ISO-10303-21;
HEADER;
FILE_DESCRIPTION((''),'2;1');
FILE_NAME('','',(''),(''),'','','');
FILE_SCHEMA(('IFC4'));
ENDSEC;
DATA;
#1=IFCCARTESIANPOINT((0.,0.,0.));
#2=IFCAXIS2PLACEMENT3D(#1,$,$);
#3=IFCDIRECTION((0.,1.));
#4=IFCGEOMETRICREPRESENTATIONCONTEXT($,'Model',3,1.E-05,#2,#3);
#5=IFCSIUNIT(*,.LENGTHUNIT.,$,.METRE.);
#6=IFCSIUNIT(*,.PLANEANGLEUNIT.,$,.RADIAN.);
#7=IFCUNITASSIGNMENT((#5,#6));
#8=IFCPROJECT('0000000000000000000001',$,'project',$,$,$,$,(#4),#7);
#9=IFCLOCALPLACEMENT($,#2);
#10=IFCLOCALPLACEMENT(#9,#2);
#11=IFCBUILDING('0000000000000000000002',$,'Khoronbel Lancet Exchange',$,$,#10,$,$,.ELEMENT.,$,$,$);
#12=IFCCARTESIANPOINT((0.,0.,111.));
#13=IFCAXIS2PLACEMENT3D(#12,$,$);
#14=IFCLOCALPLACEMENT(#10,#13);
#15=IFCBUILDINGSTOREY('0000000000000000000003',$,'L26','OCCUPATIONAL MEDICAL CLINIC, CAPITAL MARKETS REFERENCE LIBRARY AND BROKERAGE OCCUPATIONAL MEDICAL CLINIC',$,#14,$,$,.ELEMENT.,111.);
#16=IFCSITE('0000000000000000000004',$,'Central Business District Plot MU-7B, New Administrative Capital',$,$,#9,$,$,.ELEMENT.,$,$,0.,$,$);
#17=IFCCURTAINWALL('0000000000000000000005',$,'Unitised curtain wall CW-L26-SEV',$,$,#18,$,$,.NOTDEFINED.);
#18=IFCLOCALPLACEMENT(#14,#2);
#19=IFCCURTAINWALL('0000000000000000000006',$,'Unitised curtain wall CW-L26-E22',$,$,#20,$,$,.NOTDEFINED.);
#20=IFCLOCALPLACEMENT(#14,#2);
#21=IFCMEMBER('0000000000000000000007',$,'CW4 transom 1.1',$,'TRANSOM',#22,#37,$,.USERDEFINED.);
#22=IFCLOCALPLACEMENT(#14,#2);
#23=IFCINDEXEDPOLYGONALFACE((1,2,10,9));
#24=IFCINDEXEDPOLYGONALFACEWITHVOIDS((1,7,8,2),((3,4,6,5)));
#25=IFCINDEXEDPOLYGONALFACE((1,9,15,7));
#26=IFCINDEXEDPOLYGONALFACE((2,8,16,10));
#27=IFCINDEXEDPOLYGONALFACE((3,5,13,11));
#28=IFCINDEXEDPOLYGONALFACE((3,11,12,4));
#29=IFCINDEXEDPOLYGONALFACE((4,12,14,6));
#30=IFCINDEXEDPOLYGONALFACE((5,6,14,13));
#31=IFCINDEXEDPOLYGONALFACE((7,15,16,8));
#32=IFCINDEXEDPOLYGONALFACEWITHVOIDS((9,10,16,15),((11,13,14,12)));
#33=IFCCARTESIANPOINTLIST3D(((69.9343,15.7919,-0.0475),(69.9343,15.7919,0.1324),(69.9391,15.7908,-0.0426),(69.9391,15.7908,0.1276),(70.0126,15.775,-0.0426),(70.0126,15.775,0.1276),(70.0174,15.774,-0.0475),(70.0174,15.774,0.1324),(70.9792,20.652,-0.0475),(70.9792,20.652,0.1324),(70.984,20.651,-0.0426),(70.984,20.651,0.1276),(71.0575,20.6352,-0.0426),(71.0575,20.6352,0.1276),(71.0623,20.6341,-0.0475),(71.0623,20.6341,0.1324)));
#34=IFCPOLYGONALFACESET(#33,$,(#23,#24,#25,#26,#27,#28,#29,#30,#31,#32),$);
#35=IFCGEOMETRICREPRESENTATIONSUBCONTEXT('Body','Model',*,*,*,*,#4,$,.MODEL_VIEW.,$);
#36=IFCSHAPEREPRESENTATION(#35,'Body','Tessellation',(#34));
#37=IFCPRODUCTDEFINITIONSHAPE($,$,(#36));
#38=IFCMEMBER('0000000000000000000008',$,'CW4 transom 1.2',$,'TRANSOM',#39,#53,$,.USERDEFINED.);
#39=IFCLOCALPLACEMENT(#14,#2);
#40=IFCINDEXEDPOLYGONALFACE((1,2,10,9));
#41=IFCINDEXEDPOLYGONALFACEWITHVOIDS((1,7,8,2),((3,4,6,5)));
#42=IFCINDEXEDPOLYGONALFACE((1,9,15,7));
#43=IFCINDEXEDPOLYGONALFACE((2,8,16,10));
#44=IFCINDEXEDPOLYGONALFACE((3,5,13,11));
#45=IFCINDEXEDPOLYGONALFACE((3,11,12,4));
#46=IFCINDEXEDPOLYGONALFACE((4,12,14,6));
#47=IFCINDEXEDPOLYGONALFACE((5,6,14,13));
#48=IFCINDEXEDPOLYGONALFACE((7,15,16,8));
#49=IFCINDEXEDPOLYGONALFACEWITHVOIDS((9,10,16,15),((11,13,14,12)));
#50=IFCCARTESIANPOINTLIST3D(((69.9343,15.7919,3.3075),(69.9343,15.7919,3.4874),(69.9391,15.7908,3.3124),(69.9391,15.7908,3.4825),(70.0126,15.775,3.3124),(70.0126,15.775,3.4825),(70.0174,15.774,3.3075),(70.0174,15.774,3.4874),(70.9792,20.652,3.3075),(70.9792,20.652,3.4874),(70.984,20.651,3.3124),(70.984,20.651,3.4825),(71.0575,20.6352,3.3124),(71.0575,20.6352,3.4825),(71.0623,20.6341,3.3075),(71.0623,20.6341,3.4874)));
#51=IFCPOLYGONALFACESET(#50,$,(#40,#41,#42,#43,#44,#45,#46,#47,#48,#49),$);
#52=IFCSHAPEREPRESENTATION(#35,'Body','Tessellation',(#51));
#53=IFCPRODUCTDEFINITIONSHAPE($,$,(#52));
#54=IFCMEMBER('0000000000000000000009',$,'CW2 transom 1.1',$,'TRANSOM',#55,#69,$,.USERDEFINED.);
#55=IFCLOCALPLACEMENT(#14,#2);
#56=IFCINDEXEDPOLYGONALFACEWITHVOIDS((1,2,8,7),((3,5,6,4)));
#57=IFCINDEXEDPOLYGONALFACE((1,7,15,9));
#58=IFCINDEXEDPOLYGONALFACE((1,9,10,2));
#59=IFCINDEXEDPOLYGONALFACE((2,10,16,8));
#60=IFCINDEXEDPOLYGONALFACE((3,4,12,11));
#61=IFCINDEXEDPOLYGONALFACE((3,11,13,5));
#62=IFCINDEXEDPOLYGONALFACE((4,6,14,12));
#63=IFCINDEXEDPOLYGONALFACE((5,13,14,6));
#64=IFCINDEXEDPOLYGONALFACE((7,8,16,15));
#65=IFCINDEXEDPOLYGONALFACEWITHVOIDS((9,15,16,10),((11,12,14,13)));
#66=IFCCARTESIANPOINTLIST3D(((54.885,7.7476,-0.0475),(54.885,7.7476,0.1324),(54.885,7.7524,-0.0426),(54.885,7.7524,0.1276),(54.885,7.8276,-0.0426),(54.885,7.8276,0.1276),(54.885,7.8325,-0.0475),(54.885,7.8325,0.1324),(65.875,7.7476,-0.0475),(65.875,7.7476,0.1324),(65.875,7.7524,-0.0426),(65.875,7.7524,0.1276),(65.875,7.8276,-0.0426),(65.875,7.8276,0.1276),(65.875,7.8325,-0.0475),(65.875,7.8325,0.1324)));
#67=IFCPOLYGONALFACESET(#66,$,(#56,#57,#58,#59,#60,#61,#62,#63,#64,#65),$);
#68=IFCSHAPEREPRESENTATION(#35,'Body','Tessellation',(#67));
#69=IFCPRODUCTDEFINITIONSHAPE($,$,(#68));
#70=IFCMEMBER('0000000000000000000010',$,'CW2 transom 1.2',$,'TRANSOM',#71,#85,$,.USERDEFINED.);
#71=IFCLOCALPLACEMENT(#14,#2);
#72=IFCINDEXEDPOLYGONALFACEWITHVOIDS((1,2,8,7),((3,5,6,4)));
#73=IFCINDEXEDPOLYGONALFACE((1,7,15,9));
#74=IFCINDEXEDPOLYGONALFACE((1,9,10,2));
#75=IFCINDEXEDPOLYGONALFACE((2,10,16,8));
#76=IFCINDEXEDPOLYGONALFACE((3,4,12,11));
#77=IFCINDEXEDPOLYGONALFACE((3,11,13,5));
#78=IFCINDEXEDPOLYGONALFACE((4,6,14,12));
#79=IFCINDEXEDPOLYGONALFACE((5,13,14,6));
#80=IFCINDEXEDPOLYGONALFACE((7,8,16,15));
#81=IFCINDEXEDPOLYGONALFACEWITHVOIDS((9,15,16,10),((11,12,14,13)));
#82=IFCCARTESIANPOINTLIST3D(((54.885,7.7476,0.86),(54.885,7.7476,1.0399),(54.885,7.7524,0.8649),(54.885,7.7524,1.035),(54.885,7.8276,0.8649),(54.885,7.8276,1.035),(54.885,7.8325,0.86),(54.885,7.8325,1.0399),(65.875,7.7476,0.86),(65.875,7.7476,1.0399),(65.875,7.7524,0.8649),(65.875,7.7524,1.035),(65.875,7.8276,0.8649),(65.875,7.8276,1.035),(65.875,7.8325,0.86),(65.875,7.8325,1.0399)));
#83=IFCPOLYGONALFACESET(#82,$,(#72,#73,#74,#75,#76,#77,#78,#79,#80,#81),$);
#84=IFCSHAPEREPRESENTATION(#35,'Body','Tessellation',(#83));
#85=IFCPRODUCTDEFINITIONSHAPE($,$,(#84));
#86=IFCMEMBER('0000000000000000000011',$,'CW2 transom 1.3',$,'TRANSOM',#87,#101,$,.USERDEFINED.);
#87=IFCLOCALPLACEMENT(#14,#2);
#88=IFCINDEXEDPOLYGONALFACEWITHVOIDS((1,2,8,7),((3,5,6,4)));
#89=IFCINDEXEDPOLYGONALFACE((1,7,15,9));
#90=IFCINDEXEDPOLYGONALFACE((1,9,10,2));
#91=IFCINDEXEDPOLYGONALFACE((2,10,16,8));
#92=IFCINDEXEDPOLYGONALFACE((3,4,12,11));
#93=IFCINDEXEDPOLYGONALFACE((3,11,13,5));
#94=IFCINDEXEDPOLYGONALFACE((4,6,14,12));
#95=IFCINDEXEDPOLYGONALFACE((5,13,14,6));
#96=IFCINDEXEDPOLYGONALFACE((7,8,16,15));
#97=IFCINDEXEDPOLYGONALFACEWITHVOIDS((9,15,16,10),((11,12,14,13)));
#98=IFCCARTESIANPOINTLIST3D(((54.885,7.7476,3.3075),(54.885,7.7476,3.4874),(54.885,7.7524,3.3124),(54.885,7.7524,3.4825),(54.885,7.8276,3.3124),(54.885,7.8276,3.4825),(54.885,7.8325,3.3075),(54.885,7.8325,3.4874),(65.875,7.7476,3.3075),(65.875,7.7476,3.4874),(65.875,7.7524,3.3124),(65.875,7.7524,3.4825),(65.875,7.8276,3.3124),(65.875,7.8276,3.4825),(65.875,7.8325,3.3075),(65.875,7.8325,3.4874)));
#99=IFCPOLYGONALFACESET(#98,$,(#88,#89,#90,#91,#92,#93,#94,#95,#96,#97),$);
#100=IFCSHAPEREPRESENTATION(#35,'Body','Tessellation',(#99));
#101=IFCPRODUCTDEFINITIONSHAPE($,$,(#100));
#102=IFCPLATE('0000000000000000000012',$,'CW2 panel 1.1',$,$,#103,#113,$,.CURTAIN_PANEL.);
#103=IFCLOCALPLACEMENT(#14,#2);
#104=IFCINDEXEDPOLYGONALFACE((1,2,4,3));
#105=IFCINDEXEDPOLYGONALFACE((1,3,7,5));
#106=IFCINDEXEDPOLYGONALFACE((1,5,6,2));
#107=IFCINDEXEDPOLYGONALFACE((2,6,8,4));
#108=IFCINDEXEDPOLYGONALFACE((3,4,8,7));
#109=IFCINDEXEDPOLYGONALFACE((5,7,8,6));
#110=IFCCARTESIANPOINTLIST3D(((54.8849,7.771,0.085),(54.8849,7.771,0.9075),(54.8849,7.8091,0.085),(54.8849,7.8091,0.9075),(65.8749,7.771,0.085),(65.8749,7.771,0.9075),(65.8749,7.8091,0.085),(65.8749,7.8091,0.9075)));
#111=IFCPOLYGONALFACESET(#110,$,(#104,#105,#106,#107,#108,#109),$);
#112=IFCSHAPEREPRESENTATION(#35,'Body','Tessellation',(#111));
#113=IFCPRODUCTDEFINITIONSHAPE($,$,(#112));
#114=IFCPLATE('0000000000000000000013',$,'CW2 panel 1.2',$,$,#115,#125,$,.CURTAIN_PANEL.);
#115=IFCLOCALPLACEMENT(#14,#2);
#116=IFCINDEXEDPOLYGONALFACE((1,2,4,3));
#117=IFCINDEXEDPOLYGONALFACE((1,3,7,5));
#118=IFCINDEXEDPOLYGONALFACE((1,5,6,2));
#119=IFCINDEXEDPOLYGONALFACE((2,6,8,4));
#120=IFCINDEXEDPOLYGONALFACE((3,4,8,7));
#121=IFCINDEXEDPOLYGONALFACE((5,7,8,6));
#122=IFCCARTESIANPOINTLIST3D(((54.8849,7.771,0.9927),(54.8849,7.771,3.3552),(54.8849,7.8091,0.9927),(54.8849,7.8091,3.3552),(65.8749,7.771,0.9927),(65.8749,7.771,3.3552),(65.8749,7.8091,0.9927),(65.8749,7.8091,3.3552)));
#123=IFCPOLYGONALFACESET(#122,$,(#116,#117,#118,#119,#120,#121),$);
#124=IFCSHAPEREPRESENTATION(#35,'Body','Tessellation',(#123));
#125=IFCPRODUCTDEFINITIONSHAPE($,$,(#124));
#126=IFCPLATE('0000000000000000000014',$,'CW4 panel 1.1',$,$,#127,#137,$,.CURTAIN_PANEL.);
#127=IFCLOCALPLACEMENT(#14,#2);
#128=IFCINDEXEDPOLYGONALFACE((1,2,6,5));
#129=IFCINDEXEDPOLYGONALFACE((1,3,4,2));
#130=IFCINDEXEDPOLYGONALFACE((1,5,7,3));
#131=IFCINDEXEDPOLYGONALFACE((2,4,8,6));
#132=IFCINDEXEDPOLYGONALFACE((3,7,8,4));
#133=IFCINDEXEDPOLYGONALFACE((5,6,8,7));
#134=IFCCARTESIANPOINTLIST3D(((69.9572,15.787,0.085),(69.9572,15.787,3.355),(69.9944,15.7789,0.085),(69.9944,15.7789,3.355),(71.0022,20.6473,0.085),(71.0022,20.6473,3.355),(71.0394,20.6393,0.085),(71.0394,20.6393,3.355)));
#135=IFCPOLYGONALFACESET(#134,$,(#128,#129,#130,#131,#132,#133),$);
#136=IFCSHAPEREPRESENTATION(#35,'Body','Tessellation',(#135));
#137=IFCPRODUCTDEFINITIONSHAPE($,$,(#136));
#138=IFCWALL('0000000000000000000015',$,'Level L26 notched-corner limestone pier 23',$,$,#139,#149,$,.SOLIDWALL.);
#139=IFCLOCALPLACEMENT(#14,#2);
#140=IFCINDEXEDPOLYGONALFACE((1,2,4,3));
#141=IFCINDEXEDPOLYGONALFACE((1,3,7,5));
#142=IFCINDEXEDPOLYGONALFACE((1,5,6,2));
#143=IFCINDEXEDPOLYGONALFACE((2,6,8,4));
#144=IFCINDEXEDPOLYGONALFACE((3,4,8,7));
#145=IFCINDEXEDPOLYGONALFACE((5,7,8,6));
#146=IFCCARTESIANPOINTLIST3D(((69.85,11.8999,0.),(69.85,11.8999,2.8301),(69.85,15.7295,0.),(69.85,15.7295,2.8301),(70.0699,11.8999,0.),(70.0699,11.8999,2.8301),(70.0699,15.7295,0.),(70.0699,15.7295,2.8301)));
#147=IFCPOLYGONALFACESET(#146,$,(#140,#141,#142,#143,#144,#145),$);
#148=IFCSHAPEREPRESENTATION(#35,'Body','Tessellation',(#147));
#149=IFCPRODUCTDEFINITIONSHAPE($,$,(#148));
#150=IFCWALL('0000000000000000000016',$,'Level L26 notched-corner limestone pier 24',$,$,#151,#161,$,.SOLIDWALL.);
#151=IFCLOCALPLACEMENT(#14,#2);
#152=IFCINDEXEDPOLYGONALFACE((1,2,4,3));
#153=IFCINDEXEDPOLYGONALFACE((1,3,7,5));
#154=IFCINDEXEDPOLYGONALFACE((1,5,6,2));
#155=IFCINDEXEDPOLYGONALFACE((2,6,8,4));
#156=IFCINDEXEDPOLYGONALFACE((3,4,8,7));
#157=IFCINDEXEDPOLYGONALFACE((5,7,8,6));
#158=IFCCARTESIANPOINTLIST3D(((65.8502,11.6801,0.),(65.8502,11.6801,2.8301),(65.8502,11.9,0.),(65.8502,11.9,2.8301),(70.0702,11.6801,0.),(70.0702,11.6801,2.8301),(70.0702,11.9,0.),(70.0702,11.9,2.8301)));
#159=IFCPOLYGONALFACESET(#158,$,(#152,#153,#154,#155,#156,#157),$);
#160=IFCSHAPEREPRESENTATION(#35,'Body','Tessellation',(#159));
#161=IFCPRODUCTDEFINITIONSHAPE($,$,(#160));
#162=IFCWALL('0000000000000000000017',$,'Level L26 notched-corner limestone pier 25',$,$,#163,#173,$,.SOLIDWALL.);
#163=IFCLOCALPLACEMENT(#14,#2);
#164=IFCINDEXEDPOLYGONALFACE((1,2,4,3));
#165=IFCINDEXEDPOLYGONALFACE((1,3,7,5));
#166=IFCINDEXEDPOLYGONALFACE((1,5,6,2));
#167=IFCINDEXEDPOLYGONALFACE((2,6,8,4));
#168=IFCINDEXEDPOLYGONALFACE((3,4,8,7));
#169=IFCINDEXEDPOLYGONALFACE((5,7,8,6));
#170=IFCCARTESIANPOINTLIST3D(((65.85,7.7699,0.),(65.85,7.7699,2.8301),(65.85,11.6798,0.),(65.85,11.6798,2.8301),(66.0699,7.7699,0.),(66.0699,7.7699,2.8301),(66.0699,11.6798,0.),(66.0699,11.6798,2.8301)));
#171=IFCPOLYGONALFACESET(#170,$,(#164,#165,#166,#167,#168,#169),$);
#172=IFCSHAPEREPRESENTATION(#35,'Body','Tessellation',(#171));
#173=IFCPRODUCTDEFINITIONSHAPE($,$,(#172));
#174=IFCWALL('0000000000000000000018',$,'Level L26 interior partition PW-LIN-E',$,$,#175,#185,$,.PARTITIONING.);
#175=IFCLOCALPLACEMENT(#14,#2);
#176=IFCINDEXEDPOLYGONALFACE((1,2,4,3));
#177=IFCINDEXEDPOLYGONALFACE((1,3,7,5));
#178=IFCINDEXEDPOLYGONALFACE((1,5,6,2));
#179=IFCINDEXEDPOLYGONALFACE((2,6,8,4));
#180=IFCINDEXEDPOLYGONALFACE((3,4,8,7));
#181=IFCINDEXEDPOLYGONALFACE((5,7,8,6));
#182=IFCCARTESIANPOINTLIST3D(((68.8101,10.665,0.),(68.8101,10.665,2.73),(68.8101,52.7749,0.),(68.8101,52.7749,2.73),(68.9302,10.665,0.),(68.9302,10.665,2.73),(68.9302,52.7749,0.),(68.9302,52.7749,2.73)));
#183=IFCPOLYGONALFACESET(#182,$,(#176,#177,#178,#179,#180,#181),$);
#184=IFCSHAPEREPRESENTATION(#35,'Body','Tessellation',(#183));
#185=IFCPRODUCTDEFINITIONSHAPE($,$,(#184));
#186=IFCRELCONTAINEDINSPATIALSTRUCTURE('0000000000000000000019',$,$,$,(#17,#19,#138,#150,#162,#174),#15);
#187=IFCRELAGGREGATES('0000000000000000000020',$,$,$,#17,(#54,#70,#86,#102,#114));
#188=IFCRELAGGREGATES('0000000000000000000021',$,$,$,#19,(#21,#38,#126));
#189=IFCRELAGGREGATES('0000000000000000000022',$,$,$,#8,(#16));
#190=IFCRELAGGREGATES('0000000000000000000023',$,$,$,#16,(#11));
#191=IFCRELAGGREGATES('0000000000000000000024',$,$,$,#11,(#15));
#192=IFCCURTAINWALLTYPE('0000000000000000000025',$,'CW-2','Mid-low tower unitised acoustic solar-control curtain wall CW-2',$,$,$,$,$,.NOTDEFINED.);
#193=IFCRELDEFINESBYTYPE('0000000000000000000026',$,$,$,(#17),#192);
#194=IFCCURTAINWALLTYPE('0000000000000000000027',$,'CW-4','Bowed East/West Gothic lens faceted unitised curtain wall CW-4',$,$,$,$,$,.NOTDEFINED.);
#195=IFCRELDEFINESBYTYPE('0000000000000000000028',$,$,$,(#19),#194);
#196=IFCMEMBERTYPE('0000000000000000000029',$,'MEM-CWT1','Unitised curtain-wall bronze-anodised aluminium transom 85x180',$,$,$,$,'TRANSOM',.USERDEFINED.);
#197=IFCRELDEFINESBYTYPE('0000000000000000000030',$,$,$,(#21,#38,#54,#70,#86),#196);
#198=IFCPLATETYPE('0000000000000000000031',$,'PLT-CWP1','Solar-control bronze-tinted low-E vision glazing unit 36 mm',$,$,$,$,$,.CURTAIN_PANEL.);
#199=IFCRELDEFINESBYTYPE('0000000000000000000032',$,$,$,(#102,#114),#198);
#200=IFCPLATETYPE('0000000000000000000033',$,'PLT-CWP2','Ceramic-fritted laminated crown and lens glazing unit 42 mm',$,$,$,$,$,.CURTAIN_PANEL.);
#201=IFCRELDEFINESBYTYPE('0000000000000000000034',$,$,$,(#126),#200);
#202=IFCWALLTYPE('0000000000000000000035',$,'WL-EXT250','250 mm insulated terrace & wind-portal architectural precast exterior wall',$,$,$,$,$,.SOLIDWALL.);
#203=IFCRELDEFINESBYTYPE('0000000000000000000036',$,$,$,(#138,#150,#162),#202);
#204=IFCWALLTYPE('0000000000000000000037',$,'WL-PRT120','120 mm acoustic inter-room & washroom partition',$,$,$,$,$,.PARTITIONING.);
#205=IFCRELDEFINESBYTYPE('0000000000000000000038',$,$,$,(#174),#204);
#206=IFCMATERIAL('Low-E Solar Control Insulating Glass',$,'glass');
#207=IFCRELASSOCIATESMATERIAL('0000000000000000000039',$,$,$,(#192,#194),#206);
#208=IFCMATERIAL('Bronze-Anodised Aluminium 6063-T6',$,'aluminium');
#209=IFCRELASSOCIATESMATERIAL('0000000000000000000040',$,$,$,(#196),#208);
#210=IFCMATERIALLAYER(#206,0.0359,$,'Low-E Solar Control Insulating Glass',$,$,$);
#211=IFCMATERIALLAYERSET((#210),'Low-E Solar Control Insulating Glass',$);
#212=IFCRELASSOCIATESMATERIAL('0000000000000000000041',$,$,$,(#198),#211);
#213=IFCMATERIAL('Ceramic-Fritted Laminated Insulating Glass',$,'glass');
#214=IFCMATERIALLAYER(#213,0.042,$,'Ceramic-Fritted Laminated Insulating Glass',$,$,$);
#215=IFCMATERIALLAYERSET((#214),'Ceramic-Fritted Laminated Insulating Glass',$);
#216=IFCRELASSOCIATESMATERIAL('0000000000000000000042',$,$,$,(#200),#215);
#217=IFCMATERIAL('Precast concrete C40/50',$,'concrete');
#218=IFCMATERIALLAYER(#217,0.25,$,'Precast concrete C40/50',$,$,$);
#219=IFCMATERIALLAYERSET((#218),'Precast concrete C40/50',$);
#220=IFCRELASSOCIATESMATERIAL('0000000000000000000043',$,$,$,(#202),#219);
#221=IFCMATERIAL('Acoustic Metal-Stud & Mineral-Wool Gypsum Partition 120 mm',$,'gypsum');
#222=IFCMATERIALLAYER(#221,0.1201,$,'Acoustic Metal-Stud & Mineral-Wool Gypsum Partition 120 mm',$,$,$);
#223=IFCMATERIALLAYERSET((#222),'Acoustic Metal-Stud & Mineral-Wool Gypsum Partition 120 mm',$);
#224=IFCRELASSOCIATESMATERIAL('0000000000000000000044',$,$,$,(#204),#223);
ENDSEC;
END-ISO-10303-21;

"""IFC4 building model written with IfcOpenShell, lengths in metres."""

from ifc_helpers import new_model, si_unit, direction, frame, frame_2d, origin, origin_2d, place, context, subcontext, project, spatial, rectangle, hollow_rectangle, extrude, material, layer, layer_set, material_profile, profile_set, type_object, element, aggregate, save


model = new_model("IFC4")

# Units and contexts
model_context = context("Model", 3, precision=1e-05, world=origin(), true_north=direction((0.0, 1.0)))
body_context = subcontext(model_context, "Body", "Model", "MODEL_VIEW")
ifc_project = project(units=[si_unit("LENGTHUNIT", "METRE"), si_unit("PLANEANGLEUNIT", "RADIAN")], contexts=[model_context])

# Site, building, storey
site_placement = place(None, origin())
site = spatial("IfcSite", under=ifc_project, at=site_placement, Name="Central Business District Plot MU-7B, New Administrative Capital", CompositionType="ELEMENT", RefElevation=0.0)
building_placement = place(site_placement, origin())
building = spatial("IfcBuilding", under=site, at=building_placement, Name="Khoronbel Lancet Exchange", CompositionType="ELEMENT")
storey_placement = place(building_placement, frame((0.0, 0.0, 111.0)))
storey = spatial("IfcBuildingStorey", under=building, at=storey_placement, Name="L26", Description="OCCUPATIONAL MEDICAL CLINIC, CAPITAL MARKETS REFERENCE LIBRARY AND BROKERAGE OCCUPATIONAL MEDICAL CLINIC", CompositionType="ELEMENT", Elevation=111.0)

# Shared definitions
ifc_material_1 = material(Name="Low-E Solar Control Insulating Glass", Category="glass")
curtain_wall_type_1 = type_object("IfcCurtainWallType", Name="CW-2", Description="Mid-low tower unitised acoustic solar-control curtain wall CW-2", PredefinedType="NOTDEFINED", material=ifc_material_1)
ifc_material_2 = material(Name="Bronze-Anodised Aluminium 6063-T6", Category="aluminium")

# Curtain walls, members
curtain_wall_1_placement = place(storey_placement, origin())
curtain_wall_1 = element("IfcCurtainWall", 1, at=curtain_wall_1_placement, inside=storey, type_object=curtain_wall_type_1, Name="Unitised curtain wall CW-L26-SEV", PredefinedType="NOTDEFINED")
curtain_wall_type_2 = type_object("IfcCurtainWallType", Name="CW-4", Description="Bowed East/West Gothic lens faceted unitised curtain wall CW-4", PredefinedType="NOTDEFINED", material=ifc_material_1)
curtain_wall_2_placement = place(storey_placement, origin())
curtain_wall_2 = element("IfcCurtainWall", 2, at=curtain_wall_2_placement, inside=storey, type_object=curtain_wall_type_2, Name="Unitised curtain wall CW-L26-E22", PredefinedType="NOTDEFINED")
ifc_material_profile_1 = material_profile(ifc_material_2, hollow_rectangle(XDim=0.085, YDim=0.1799, WallThickness=0.0049, at=origin_2d()), Name="ALU TRANSOM 85x180")
ifc_profile_set_1 = profile_set([ifc_material_profile_1], Name="Bronze-Anodised Aluminium 6063-T6")
member_type_1 = type_object("IfcMemberType", Name="MEM-CWT1", Description="Unitised curtain-wall bronze-anodised aluminium transom 85x180", ElementType="TRANSOM", PredefinedType="USERDEFINED", material=ifc_profile_set_1)
member_1_placement = place(storey_placement, frame((71.0208, 20.6431, 0.0425), z_axis=(-0.210196, -0.977659, 0.0), x_axis=(0.977659, -0.210196, 0.0)))
member_1 = element("IfcMember", 3, at=member_1_placement, type_object=member_type_1, Name="CW4 transom 1.1", ObjectType="TRANSOM", PredefinedType="USERDEFINED", context=body_context, shape_type="SweptSolid", body=[
    extrude(hollow_rectangle(XDim=0.085, YDim=0.1799, WallThickness=0.0049, at=origin_2d()), origin(), (0.0, 0.0, 1.0), 4.9712),
])
member_2_placement = place(storey_placement, frame((71.0208, 20.6431, 3.3975), z_axis=(-0.210196, -0.977659, 0.0), x_axis=(0.977659, -0.210196, 0.0)))
member_2 = element("IfcMember", 4, at=member_2_placement, type_object=member_type_1, Name="CW4 transom 1.2", ObjectType="TRANSOM", PredefinedType="USERDEFINED", context=body_context, shape_type="SweptSolid", body=[
    extrude(hollow_rectangle(XDim=0.085, YDim=0.1799, WallThickness=0.0049, at=origin_2d()), origin(), (0.0, 0.0, 1.0), 4.9712),
])

# Members
member_3_placement = place(storey_placement, frame((54.885, 7.79, 0.0425), z_axis=(1.0, 0.0, 0.0), x_axis=(0.0, 1.0, 0.0)))
member_3 = element("IfcMember", 5, at=member_3_placement, type_object=member_type_1, Name="CW2 transom 1.1", ObjectType="TRANSOM", PredefinedType="USERDEFINED", context=body_context, shape_type="SweptSolid", body=[
    extrude(hollow_rectangle(XDim=0.085, YDim=0.1799, WallThickness=0.0049, at=origin_2d()), origin(), (0.0, 0.0, 1.0), 10.99),
])
member_4_placement = place(storey_placement, frame((54.885, 7.79, 0.95), z_axis=(1.0, 0.0, 0.0), x_axis=(0.0, 1.0, 0.0)))
member_4 = element("IfcMember", 6, at=member_4_placement, type_object=member_type_1, Name="CW2 transom 1.2", ObjectType="TRANSOM", PredefinedType="USERDEFINED", context=body_context, shape_type="SweptSolid", body=[
    extrude(hollow_rectangle(XDim=0.085, YDim=0.1799, WallThickness=0.0049, at=origin_2d()), origin(), (0.0, 0.0, 1.0), 10.99),
])
member_5_placement = place(storey_placement, frame((54.885, 7.79, 3.3975), z_axis=(1.0, 0.0, 0.0), x_axis=(0.0, 1.0, 0.0)))
member_5 = element("IfcMember", 7, at=member_5_placement, type_object=member_type_1, Name="CW2 transom 1.3", ObjectType="TRANSOM", PredefinedType="USERDEFINED", context=body_context, shape_type="SweptSolid", body=[
    extrude(hollow_rectangle(XDim=0.085, YDim=0.1799, WallThickness=0.0049, at=origin_2d()), origin(), (0.0, 0.0, 1.0), 10.99),
])

# Plates
ifc_layer_1 = layer(ifc_material_1, 0.0359, Name="Low-E Solar Control Insulating Glass")
ifc_layer_set_1 = layer_set([ifc_layer_1], Name="Low-E Solar Control Insulating Glass")
plate_type_1 = type_object("IfcPlateType", Name="PLT-CWP1", Description="Solar-control bronze-tinted low-E vision glazing unit 36 mm", PredefinedType="CURTAIN_PANEL", material=ifc_layer_set_1)
plate_1_placement = place(storey_placement, frame((60.3799, 7.79, 0.085), z_axis=(0.0, 0.0, 1.0), x_axis=(1.0, 0.0, 0.0)))
plate_1 = element("IfcPlate", 8, at=plate_1_placement, type_object=plate_type_1, Name="CW2 panel 1.1", PredefinedType="CURTAIN_PANEL", context=body_context, shape_type="SweptSolid", body=[
    extrude(rectangle(XDim=10.99, YDim=0.0381, at=origin_2d()), origin(), (0.0, 0.0, 1.0), 0.8225),
])
plate_2_placement = place(storey_placement, frame((60.3799, 7.79, 0.9927), z_axis=(0.0, 0.0, 1.0), x_axis=(1.0, 0.0, 0.0)))
plate_2 = element("IfcPlate", 9, at=plate_2_placement, type_object=plate_type_1, Name="CW2 panel 1.2", PredefinedType="CURTAIN_PANEL", context=body_context, shape_type="SweptSolid", body=[
    extrude(rectangle(XDim=10.99, YDim=0.0381, at=origin_2d()), origin(), (0.0, 0.0, 1.0), 2.3625),
])
aggregate(curtain_wall_1, [member_3, member_4, member_5, plate_1, plate_2])
ifc_material_3 = material(Name="Ceramic-Fritted Laminated Insulating Glass", Category="glass")
ifc_layer_2 = layer(ifc_material_3, 0.042, Name="Ceramic-Fritted Laminated Insulating Glass")
ifc_layer_set_2 = layer_set([ifc_layer_2], Name="Ceramic-Fritted Laminated Insulating Glass")
plate_type_2 = type_object("IfcPlateType", Name="PLT-CWP2", Description="Ceramic-fritted laminated crown and lens glazing unit 42 mm", PredefinedType="CURTAIN_PANEL", material=ifc_layer_set_2)
plate_3_placement = place(storey_placement, frame((70.4983, 18.2131, 0.085), z_axis=(0.0, 0.0, 1.0), x_axis=(-0.2102, -0.977658, 0.0)))
plate_3 = element("IfcPlate", 10, at=plate_3_placement, type_object=plate_type_2, Name="CW4 panel 1.1", PredefinedType="CURTAIN_PANEL", context=body_context, shape_type="SweptSolid", body=[
    extrude(rectangle(XDim=4.9714, YDim=0.0381, at=origin_2d()), origin(), (0.0, 0.0, 1.0), 3.27),
])
aggregate(curtain_wall_2, [member_1, member_2, plate_3])

# Walls
ifc_material_4 = material(Name="Precast concrete C40/50", Category="concrete")
ifc_layer_3 = layer(ifc_material_4, 0.25, Name="Precast concrete C40/50")
ifc_layer_set_3 = layer_set([ifc_layer_3], Name="Precast concrete C40/50")
wall_type_1 = type_object("IfcWallType", Name="WL-EXT250", Description="250 mm insulated terrace & wind-portal architectural precast exterior wall", PredefinedType="SOLIDWALL", material=ifc_layer_set_3)
wall_1_placement = place(storey_placement, frame((69.96, 15.7295, 0.0), z_axis=(0.0, 0.0, 1.0), x_axis=(0.0, -1.0, 0.0)))
element("IfcWall", 11, at=wall_1_placement, inside=storey, type_object=wall_type_1, Name="Level L26 notched-corner limestone pier 23", PredefinedType="SOLIDWALL", context=body_context, shape_type="SweptSolid", body=[
    extrude(rectangle(XDim=3.8296, YDim=0.22, at=frame_2d((1.9148, 0.0))), origin(), (0.0, 0.0, 1.0), 2.8301),
])
wall_2_placement = place(storey_placement, frame((70.0701, 11.79, 0.0), z_axis=(0.0, 0.0, 1.0), x_axis=(-1.0, 0.0, 0.0)))
element("IfcWall", 12, at=wall_2_placement, inside=storey, type_object=wall_type_1, Name="Level L26 notched-corner limestone pier 24", PredefinedType="SOLIDWALL", context=body_context, shape_type="SweptSolid", body=[
    extrude(rectangle(XDim=4.22, YDim=0.22, at=frame_2d((2.1099, 0.0))), origin(), (0.0, 0.0, 1.0), 2.8301),
])
wall_3_placement = place(storey_placement, frame((65.96, 11.6799, 0.0), z_axis=(0.0, 0.0, 1.0), x_axis=(0.0, -1.0, 0.0)))
element("IfcWall", 13, at=wall_3_placement, inside=storey, type_object=wall_type_1, Name="Level L26 notched-corner limestone pier 25", PredefinedType="SOLIDWALL", context=body_context, shape_type="SweptSolid", body=[
    extrude(rectangle(XDim=3.9099, YDim=0.22, at=frame_2d((1.9551, 0.0))), origin(), (0.0, 0.0, 1.0), 2.8301),
])
ifc_material_5 = material(Name="Acoustic Metal-Stud & Mineral-Wool Gypsum Partition 120 mm", Category="gypsum")
ifc_layer_4 = layer(ifc_material_5, 0.1201, Name="Acoustic Metal-Stud & Mineral-Wool Gypsum Partition 120 mm")
ifc_layer_set_4 = layer_set([ifc_layer_4], Name="Acoustic Metal-Stud & Mineral-Wool Gypsum Partition 120 mm")
wall_type_2 = type_object("IfcWallType", Name="WL-PRT120", Description="120 mm acoustic inter-room & washroom partition", PredefinedType="PARTITIONING", material=ifc_layer_set_4)
wall_4_placement = place(storey_placement, frame((68.8701, 10.665, 0.0), z_axis=(0.0, 0.0, 1.0), x_axis=(0.0, 1.0, 0.0)))
element("IfcWall", 14, at=wall_4_placement, inside=storey, type_object=wall_type_2, Name="Level L26 interior partition PW-LIN-E", PredefinedType="PARTITIONING", context=body_context, shape_type="SweptSolid", body=[
    extrude(rectangle(XDim=42.1099, YDim=0.1201, at=frame_2d((21.0549, 0.0))), origin(), (0.0, 0.0, 1.0), 2.73),
])

save(model, "model.ifc")
